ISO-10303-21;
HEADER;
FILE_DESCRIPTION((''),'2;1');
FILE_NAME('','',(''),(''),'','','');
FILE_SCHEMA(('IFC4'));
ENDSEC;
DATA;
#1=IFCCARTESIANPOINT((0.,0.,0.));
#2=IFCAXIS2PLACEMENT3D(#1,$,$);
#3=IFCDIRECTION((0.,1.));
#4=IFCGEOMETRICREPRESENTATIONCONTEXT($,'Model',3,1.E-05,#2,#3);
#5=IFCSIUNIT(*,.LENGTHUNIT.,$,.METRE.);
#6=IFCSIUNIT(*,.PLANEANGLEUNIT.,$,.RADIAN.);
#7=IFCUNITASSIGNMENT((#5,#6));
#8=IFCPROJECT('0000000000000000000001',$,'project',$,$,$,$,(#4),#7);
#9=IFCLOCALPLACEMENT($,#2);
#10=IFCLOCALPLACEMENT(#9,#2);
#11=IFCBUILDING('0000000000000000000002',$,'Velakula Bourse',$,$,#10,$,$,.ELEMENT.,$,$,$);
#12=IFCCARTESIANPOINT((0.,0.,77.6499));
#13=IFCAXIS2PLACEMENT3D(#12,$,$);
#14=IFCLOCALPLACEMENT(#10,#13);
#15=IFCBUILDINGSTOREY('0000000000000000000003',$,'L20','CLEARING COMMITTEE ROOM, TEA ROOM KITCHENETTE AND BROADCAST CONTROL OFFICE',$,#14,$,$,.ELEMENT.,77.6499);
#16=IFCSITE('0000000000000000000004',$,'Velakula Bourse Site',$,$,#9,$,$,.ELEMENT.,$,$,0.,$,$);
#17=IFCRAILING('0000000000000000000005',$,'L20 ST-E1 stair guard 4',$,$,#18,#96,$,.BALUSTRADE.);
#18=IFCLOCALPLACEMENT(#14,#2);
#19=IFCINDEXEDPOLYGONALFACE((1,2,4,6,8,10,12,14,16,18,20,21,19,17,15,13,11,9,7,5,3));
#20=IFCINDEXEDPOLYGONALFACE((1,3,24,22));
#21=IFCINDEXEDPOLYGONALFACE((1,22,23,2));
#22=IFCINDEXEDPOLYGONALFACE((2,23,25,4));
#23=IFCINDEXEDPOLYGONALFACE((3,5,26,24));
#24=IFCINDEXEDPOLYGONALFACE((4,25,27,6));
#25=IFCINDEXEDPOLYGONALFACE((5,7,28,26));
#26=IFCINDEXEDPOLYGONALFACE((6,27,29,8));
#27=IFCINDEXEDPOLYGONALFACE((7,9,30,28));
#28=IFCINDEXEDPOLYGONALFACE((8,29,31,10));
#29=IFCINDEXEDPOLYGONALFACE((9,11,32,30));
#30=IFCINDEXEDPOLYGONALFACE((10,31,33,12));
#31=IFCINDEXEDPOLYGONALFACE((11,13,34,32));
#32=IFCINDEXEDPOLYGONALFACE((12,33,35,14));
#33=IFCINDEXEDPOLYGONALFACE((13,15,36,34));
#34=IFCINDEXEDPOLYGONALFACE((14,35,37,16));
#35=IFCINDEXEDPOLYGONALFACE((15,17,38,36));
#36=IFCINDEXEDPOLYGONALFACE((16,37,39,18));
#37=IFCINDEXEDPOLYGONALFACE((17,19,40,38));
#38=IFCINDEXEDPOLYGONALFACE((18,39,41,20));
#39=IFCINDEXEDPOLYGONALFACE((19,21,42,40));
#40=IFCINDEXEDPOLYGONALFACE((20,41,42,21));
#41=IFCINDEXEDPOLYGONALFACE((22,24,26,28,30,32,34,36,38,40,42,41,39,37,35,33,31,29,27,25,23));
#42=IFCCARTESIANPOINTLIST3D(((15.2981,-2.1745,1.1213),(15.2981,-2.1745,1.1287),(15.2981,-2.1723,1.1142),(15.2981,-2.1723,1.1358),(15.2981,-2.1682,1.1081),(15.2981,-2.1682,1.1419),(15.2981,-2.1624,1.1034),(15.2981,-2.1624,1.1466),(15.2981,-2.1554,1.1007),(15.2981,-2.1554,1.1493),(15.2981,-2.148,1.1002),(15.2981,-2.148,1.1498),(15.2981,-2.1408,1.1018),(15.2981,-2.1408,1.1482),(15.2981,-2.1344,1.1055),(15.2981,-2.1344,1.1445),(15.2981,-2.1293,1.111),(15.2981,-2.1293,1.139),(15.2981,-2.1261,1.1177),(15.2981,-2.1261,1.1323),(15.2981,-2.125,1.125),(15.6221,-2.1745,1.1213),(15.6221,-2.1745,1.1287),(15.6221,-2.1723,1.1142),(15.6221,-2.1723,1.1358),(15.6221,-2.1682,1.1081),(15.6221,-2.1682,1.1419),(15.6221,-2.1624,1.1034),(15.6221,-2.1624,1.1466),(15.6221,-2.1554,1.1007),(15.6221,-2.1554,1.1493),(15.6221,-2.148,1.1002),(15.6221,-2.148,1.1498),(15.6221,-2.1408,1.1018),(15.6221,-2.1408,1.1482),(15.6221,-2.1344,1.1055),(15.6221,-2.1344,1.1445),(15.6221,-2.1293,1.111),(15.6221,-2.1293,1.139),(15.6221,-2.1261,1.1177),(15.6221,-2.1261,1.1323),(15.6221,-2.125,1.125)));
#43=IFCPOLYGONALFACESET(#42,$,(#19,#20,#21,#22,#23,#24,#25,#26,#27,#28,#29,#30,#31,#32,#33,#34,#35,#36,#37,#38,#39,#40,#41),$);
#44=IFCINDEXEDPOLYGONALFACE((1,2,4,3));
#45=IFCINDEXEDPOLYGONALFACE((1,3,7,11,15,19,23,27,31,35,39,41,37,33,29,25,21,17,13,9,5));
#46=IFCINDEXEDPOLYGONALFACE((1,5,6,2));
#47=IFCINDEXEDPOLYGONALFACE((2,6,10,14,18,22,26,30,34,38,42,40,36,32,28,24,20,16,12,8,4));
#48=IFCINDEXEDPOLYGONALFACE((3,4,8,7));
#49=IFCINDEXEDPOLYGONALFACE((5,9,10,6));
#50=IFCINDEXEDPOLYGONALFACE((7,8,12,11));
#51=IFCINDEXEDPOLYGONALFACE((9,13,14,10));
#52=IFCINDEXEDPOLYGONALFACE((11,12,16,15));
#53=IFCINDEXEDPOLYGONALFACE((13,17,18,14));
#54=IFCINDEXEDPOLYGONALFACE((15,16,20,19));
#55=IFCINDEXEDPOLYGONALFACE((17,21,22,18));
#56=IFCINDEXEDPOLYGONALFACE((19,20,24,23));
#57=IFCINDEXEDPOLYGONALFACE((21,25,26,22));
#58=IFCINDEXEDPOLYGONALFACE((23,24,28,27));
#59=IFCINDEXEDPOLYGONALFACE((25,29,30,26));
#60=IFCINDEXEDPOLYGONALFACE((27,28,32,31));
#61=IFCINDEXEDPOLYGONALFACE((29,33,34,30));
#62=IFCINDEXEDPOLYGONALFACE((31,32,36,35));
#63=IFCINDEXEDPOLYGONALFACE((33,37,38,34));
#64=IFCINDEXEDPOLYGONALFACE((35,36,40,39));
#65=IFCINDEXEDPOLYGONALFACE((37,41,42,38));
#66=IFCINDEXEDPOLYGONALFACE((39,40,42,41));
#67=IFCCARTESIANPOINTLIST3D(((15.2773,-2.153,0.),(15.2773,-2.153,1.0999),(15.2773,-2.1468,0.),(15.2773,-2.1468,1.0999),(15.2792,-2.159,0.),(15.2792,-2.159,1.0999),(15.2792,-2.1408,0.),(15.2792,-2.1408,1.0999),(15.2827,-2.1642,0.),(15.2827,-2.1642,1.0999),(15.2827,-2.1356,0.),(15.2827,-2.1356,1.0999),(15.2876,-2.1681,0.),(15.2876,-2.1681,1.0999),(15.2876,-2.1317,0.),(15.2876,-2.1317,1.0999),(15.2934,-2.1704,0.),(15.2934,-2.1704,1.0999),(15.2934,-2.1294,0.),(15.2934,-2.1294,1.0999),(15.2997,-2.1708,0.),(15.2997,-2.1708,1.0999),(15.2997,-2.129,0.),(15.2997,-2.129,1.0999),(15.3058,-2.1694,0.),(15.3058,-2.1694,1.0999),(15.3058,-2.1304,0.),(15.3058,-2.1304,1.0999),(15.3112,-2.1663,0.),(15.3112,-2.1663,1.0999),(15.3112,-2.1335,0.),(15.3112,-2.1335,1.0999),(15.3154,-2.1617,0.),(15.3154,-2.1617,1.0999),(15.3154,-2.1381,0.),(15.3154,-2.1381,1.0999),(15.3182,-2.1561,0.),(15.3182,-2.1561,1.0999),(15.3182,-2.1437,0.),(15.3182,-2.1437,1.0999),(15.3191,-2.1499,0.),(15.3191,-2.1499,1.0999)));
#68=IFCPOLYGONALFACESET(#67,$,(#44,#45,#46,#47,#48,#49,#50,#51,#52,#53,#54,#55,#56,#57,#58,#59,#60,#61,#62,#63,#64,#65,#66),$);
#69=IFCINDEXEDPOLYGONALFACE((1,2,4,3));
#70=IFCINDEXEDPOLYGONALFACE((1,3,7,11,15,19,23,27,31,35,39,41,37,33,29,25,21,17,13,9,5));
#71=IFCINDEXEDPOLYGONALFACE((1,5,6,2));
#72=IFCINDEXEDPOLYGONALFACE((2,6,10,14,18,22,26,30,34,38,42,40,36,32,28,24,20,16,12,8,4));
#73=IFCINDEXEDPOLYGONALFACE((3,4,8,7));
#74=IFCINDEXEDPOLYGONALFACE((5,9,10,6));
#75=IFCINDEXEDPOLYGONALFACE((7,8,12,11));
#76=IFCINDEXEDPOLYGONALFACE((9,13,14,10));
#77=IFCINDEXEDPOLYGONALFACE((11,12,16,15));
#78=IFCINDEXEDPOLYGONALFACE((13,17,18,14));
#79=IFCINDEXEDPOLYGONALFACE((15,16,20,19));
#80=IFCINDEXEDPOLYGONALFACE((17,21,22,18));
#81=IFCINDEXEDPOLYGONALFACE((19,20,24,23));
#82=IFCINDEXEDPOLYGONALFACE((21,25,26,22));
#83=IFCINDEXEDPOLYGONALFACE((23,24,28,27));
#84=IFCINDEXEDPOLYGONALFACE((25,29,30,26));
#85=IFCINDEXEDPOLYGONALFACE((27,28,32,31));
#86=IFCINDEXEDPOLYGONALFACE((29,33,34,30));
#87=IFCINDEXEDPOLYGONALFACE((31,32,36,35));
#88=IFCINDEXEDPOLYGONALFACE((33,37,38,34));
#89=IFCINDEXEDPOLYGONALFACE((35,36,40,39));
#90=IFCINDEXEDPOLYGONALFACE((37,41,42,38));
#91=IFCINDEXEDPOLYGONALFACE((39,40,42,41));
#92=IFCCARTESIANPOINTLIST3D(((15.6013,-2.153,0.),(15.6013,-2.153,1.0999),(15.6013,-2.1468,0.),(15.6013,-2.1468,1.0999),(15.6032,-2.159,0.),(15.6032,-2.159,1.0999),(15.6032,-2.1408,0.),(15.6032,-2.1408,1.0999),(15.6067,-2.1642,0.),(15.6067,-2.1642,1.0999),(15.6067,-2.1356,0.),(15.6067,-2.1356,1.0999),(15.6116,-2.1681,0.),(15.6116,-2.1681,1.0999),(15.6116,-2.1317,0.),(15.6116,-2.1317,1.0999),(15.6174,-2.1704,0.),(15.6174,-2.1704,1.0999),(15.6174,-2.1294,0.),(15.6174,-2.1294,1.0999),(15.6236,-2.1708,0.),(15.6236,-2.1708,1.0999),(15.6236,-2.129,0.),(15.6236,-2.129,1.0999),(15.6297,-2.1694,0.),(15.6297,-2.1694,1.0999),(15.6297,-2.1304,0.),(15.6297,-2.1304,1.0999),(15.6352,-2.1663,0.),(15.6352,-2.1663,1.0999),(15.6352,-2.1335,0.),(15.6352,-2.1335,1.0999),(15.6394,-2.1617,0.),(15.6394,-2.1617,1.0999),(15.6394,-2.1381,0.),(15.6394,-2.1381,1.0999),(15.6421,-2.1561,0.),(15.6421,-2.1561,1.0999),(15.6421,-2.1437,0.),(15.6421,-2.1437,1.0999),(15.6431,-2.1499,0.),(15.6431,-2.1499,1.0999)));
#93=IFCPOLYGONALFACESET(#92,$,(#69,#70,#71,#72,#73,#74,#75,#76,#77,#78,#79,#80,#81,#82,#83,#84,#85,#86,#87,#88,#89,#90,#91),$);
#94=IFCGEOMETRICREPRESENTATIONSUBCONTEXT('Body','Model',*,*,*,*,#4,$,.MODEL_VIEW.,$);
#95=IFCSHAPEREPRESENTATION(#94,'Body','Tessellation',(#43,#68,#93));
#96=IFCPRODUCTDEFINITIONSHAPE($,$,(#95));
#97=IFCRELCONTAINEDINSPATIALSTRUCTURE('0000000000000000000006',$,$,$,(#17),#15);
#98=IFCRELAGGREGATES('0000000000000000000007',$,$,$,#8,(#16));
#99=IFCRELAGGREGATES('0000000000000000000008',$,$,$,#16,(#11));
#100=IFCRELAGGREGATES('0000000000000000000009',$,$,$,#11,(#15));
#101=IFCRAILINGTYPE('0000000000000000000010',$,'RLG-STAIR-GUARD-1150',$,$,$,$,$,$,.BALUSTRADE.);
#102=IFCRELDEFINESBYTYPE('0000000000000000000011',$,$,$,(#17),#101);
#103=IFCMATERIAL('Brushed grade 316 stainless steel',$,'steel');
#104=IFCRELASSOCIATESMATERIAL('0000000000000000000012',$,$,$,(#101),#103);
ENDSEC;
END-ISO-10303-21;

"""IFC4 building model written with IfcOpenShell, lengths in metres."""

from ifc_helpers import new_model, si_unit, direction, frame, origin, origin_2d, place, context, subcontext, project, spatial, circle, extrude, material, type_object, element, save


model = new_model("IFC4")

# Units and contexts
model_context = context("Model", 3, precision=1e-05, world=origin(), true_north=direction((0.0, 1.0)))
body_context = subcontext(model_context, "Body", "Model", "MODEL_VIEW")
ifc_project = project(units=[si_unit("LENGTHUNIT", "METRE"), si_unit("PLANEANGLEUNIT", "RADIAN")], contexts=[model_context])

# Site, building, storey
site_placement = place(None, origin())
site = spatial("IfcSite", under=ifc_project, at=site_placement, Name="Velakula Bourse Site", CompositionType="ELEMENT", RefElevation=0.0)
building_placement = place(site_placement, origin())
building = spatial("IfcBuilding", under=site, at=building_placement, Name="Velakula Bourse", CompositionType="ELEMENT")
storey_placement = place(building_placement, frame((0.0, 0.0, 77.6499)))
storey = spatial("IfcBuildingStorey", under=building, at=storey_placement, Name="L20", Description="CLEARING COMMITTEE ROOM, TEA ROOM KITCHENETTE AND BROADCAST CONTROL OFFICE", CompositionType="ELEMENT", Elevation=77.6499)

# Railing
ifc_material_1 = material(Name="Brushed grade 316 stainless steel", Category="steel")
railing_type_1 = type_object("IfcRailingType", Name="RLG-STAIR-GUARD-1150", PredefinedType="BALUSTRADE", material=ifc_material_1)
railing_1_placement = place(storey_placement, frame((15.2981, -2.1499, 0.0)))
element("IfcRailing", 1, at=railing_1_placement, inside=storey, type_object=railing_type_1, Name="L20 ST-E1 stair guard 4", PredefinedType="BALUSTRADE", context=body_context, shape_type="SweptSolid", body=[
    extrude(circle(Radius=0.0249, at=origin_2d()), frame((0.0, 0.0, 1.125), z_axis=(1.0, 0.0, 0.0), x_axis=(0.0, 1.0, 0.0)), (0.0, 0.0, 1.0), 0.324),
    extrude(circle(Radius=0.021, at=origin_2d()), origin(), (0.0, 0.0, 1.0), 1.0999),
    extrude(circle(Radius=0.021, at=origin_2d()), frame((0.324, 0.0, 0.0)), (0.0, 0.0, 1.0), 1.0999),
])

save(model, "model.ifc")
